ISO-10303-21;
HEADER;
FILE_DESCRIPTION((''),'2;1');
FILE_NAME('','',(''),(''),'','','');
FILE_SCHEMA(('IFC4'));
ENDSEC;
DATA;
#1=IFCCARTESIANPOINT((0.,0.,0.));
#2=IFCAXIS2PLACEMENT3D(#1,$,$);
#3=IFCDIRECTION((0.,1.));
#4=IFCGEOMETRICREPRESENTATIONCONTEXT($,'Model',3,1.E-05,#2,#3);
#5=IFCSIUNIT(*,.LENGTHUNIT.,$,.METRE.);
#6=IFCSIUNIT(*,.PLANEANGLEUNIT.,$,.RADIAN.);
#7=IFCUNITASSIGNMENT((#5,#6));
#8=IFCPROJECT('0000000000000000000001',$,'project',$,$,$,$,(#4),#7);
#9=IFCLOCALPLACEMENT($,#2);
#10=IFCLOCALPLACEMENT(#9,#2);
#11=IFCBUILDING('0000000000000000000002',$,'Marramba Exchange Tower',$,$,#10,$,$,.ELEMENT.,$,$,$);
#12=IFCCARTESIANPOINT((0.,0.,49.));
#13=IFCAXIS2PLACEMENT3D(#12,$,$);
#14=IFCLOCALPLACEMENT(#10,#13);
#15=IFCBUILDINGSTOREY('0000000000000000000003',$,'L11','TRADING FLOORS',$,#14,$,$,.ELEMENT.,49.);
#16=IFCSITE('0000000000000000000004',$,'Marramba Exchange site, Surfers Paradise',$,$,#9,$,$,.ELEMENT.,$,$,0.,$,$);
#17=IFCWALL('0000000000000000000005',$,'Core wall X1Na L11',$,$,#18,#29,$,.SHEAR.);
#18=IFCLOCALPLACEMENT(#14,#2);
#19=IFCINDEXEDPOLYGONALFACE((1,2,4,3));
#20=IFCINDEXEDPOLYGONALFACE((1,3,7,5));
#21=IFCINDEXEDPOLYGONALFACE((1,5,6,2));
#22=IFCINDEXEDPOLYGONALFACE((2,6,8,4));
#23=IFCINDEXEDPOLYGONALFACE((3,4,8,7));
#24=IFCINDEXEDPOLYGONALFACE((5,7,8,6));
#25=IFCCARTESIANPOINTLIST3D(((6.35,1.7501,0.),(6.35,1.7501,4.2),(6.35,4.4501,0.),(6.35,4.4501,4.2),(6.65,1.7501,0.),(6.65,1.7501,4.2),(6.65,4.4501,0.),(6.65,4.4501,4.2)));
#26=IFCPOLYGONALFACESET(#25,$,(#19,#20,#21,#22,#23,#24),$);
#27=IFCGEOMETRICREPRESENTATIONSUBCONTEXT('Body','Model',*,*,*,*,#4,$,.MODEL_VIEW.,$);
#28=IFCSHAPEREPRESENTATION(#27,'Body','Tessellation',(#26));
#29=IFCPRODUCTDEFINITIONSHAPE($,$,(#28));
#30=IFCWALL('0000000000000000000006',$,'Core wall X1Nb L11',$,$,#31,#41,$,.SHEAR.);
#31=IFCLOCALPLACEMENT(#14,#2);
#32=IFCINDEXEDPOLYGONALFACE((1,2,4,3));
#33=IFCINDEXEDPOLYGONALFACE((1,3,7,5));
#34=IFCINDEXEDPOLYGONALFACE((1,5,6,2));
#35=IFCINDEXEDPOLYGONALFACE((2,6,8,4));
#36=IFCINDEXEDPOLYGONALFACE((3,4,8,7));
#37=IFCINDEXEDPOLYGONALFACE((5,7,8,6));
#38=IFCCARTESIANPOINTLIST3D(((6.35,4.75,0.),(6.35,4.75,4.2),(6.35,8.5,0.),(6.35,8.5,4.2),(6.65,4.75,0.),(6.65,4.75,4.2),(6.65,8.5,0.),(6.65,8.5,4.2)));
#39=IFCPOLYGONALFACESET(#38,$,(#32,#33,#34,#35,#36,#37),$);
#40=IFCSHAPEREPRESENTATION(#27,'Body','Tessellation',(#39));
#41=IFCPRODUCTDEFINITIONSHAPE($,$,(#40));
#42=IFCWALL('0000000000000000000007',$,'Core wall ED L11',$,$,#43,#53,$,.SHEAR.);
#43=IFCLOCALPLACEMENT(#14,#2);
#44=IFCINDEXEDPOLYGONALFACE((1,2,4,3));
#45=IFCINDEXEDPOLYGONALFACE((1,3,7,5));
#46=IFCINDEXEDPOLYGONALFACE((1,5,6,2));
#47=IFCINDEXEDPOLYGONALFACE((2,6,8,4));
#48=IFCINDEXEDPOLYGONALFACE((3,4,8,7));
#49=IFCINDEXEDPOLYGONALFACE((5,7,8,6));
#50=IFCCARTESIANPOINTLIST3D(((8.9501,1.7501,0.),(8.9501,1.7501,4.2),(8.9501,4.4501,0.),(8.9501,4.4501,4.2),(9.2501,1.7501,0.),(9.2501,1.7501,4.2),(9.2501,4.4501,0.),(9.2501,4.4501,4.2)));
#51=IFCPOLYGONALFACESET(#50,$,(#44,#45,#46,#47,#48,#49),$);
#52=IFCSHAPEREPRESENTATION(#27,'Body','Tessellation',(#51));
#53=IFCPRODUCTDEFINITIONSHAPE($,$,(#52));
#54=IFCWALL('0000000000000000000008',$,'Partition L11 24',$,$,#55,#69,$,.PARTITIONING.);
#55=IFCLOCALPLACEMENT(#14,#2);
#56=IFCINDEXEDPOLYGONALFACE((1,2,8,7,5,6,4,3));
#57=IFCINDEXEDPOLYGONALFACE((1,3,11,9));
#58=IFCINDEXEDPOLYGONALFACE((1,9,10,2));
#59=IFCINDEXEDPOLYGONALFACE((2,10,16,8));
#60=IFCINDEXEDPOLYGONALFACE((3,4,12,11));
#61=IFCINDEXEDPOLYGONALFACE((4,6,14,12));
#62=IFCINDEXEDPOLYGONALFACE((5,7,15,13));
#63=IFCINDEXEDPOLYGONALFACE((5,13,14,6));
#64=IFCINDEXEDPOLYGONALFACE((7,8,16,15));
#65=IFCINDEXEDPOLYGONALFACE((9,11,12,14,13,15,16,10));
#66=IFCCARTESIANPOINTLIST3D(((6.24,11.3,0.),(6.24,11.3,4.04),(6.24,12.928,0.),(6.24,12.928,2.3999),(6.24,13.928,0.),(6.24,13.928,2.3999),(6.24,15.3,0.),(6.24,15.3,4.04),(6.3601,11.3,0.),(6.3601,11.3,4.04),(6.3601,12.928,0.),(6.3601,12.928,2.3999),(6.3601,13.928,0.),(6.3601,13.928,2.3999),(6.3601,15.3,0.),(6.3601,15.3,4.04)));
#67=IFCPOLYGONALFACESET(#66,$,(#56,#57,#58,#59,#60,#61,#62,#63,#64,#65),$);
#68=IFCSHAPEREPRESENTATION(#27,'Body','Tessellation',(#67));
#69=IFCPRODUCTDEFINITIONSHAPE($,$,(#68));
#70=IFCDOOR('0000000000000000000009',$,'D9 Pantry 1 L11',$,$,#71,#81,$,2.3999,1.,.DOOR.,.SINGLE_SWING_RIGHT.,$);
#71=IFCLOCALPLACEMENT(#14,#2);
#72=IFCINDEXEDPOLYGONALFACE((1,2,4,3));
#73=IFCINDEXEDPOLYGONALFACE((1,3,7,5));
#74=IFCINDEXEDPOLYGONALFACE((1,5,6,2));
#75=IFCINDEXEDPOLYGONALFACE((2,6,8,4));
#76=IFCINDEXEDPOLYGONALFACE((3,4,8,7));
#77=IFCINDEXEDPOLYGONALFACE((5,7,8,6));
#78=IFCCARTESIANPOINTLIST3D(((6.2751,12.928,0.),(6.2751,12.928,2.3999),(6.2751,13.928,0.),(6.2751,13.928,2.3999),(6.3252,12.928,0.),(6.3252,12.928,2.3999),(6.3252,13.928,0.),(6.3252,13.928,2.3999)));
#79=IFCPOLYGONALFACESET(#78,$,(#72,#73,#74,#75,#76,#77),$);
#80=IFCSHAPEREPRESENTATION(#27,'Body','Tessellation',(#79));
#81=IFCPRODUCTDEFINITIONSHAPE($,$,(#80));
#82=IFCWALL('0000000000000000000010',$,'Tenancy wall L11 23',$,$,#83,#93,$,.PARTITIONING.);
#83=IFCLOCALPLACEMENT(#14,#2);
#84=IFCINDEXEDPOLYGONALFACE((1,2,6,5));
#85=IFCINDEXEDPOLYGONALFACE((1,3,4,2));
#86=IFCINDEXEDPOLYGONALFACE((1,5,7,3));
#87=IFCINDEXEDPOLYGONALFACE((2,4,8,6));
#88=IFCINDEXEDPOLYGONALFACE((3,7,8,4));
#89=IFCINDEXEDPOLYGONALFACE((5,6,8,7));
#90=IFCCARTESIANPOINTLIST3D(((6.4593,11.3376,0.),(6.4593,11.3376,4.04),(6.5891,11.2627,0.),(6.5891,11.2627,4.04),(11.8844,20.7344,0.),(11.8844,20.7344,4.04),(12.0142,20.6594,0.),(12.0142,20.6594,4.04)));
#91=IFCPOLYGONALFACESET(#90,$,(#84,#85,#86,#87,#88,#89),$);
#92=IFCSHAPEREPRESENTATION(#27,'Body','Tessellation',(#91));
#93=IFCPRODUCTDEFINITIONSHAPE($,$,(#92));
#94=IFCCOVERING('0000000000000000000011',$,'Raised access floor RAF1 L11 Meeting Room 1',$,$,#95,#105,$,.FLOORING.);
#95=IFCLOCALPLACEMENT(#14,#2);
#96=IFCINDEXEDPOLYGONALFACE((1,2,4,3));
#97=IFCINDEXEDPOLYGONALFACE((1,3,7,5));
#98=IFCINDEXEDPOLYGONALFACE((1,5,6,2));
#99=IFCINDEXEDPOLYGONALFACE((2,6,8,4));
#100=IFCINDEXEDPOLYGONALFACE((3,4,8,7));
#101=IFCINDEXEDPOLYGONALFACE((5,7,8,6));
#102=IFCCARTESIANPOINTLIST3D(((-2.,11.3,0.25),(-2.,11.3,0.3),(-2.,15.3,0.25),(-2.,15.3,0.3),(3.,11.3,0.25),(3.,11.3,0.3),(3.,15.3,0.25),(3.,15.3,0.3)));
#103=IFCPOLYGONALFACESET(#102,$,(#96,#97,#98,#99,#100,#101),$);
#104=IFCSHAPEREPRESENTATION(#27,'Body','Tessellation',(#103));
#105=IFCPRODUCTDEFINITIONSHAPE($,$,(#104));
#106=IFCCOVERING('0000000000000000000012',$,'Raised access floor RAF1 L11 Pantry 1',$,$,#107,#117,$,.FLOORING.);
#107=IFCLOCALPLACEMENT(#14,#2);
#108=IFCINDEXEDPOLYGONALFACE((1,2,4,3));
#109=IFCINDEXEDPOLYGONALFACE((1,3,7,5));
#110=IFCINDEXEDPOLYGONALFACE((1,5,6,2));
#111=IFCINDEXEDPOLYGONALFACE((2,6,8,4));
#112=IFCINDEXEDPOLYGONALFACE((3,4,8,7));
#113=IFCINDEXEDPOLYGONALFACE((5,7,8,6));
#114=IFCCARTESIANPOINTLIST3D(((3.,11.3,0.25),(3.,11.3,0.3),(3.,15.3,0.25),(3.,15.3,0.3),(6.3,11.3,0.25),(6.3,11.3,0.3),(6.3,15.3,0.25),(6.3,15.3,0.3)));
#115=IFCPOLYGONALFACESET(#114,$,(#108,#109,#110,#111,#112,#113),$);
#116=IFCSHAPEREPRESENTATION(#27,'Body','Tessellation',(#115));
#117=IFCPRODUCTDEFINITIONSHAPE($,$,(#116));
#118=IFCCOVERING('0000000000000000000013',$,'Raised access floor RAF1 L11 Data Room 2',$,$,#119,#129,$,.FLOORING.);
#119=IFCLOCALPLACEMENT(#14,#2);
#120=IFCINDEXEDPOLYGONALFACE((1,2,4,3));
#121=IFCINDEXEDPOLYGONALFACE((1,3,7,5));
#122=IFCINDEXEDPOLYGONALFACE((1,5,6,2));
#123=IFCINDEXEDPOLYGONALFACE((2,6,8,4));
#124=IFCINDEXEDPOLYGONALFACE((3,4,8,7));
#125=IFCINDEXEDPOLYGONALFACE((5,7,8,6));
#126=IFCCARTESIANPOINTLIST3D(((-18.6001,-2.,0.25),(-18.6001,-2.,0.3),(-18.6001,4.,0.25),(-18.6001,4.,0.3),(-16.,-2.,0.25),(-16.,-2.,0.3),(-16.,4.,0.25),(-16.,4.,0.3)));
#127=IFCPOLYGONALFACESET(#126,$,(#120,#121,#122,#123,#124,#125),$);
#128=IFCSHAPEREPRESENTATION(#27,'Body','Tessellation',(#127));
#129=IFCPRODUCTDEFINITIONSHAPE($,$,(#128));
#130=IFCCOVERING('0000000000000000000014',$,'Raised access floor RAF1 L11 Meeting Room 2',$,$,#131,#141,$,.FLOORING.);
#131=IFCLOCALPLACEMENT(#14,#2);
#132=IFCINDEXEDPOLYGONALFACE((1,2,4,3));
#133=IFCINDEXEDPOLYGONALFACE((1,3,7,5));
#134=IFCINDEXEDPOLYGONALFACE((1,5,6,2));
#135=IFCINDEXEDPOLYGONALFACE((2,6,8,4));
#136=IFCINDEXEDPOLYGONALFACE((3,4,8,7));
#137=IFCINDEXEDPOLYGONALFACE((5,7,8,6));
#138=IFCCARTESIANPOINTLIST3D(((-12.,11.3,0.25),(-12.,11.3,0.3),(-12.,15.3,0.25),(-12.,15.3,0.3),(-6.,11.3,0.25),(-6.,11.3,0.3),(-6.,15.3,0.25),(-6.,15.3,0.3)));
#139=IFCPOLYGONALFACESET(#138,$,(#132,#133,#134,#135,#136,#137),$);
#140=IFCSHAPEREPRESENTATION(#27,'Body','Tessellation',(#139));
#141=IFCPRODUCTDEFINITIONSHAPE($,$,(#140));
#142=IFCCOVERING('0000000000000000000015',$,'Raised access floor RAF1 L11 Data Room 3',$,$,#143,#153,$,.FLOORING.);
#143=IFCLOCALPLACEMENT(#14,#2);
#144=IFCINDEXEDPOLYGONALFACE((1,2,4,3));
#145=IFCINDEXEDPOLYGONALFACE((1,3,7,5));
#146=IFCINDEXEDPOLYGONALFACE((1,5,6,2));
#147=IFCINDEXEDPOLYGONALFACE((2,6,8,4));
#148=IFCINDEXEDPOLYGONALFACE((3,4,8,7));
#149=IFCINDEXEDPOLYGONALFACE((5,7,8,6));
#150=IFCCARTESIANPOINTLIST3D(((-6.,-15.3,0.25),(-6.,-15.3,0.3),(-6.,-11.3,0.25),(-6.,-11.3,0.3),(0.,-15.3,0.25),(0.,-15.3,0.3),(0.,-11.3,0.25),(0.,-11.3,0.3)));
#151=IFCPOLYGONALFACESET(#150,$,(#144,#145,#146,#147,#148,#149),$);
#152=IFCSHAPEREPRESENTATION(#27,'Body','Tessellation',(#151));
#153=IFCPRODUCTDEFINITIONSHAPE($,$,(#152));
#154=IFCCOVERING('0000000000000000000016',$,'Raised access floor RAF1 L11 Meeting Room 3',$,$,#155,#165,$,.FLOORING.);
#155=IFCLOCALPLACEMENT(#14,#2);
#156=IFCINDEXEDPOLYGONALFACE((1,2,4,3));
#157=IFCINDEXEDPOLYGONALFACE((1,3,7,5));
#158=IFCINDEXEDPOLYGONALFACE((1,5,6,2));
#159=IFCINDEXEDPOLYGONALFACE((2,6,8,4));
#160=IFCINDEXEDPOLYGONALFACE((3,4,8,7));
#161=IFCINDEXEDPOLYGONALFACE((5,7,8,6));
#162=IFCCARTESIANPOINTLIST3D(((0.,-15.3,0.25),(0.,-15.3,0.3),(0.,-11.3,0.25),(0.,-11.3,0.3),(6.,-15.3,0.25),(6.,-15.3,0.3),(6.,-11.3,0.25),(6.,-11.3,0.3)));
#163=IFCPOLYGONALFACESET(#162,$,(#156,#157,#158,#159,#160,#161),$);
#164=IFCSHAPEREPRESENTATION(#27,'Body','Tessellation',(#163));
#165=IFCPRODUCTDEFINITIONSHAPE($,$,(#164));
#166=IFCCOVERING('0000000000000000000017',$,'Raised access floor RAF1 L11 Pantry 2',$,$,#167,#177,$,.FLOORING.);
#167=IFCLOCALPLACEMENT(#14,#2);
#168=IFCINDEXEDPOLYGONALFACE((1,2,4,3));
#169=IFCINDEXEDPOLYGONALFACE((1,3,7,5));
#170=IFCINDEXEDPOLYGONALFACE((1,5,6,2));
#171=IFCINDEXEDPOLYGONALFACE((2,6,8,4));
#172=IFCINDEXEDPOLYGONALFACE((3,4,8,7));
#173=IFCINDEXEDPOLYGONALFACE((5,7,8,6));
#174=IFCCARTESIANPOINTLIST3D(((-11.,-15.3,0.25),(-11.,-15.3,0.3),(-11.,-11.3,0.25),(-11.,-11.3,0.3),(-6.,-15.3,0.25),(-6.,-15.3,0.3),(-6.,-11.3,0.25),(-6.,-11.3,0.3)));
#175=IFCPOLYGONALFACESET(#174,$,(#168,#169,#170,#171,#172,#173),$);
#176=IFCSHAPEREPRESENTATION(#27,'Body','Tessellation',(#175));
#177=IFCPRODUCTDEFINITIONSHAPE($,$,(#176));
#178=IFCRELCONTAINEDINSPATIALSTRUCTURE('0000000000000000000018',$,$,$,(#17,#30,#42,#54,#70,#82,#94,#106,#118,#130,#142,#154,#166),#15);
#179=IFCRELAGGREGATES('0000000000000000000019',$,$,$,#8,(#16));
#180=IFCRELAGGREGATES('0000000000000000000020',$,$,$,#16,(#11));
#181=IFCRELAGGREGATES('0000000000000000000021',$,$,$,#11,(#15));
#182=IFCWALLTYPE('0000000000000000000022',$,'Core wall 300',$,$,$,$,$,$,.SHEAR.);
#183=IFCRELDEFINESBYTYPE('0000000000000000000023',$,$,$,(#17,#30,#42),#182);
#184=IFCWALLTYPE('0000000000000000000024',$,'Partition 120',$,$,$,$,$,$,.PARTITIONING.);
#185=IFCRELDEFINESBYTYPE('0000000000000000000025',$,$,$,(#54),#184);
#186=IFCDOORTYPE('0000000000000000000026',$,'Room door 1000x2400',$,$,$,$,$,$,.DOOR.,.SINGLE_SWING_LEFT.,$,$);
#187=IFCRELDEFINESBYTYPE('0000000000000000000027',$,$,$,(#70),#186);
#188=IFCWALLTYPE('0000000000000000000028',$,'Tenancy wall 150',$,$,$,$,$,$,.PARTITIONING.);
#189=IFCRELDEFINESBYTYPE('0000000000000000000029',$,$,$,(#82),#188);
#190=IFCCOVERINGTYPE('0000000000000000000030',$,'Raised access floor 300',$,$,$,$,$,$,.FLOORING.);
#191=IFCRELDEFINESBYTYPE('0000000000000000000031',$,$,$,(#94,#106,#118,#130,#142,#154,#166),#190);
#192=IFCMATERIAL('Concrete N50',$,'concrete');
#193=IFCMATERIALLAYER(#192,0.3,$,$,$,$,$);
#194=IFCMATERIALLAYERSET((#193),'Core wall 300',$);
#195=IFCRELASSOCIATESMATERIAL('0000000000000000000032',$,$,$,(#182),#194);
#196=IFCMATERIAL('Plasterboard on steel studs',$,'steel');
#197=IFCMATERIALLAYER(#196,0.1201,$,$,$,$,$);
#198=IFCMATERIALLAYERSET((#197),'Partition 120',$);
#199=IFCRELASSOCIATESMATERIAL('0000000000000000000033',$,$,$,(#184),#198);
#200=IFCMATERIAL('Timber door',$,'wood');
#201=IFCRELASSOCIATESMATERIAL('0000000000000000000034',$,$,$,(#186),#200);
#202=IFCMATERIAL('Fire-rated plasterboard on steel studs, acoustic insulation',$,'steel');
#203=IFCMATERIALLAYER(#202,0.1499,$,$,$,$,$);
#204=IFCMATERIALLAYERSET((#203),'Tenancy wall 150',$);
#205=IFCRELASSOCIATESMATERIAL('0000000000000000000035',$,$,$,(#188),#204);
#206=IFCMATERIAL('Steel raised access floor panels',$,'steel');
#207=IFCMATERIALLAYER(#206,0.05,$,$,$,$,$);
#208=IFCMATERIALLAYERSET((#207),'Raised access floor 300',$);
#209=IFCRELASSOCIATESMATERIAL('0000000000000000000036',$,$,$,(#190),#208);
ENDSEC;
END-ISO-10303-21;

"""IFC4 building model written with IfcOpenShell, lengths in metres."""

from ifc_helpers import new_model, si_unit, direction, frame, frame_2d, origin, place, context, subcontext, project, spatial, polyline, rectangle, outline, extrude, material, layer, layer_set, type_object, element, fill, save


model = new_model("IFC4")

# Units and contexts
model_context = context("Model", 3, precision=1e-05, world=origin(), true_north=direction((0.0, 1.0)))
body_context = subcontext(model_context, "Body", "Model", "MODEL_VIEW")
ifc_project = project(units=[si_unit("LENGTHUNIT", "METRE"), si_unit("PLANEANGLEUNIT", "RADIAN")], contexts=[model_context])

# Site, building, storey
site_placement = place(None, origin())
site = spatial("IfcSite", under=ifc_project, at=site_placement, Name="Marramba Exchange site, Surfers Paradise", CompositionType="ELEMENT", RefElevation=0.0)
building_placement = place(site_placement, origin())
building = spatial("IfcBuilding", under=site, at=building_placement, Name="Marramba Exchange Tower", CompositionType="ELEMENT")
storey_placement = place(building_placement, frame((0.0, 0.0, 49.0)))
storey = spatial("IfcBuildingStorey", under=building, at=storey_placement, Name="L11", Description="TRADING FLOORS", CompositionType="ELEMENT", Elevation=49.0)

# Walls
ifc_material_1 = material(Name="Concrete N50", Category="concrete")
ifc_layer_1 = layer(ifc_material_1, 0.3)
ifc_layer_set_1 = layer_set([ifc_layer_1], Name="Core wall 300")
wall_type_1 = type_object("IfcWallType", Name="Core wall 300", PredefinedType="SHEAR", material=ifc_layer_set_1)
wall_1_placement = place(storey_placement, frame((6.5, 1.75, 0.0), z_axis=(0.0, 0.0, 1.0), x_axis=(0.0, 1.0, 0.0)))
element("IfcWall", 1, at=wall_1_placement, inside=storey, type_object=wall_type_1, Name="Core wall X1Na L11", PredefinedType="SHEAR", context=body_context, shape_type="SweptSolid", body=[
    extrude(rectangle(XDim=2.7, YDim=0.3, at=frame_2d((1.3501, 0.0))), origin(), (0.0, 0.0, 1.0), 4.2),
])
wall_2_placement = place(storey_placement, frame((6.5, 4.75, 0.0), z_axis=(0.0, 0.0, 1.0), x_axis=(0.0, 1.0, 0.0)))
element("IfcWall", 2, at=wall_2_placement, inside=storey, type_object=wall_type_1, Name="Core wall X1Nb L11", PredefinedType="SHEAR", context=body_context, shape_type="SweptSolid", body=[
    extrude(rectangle(XDim=3.75, YDim=0.3, at=frame_2d((1.875, 0.0))), origin(), (0.0, 0.0, 1.0), 4.2),
])
wall_3_placement = place(storey_placement, frame((9.1001, 1.75, 0.0), z_axis=(0.0, 0.0, 1.0), x_axis=(0.0, 1.0, 0.0)))
element("IfcWall", 3, at=wall_3_placement, inside=storey, type_object=wall_type_1, Name="Core wall ED L11", PredefinedType="SHEAR", context=body_context, shape_type="SweptSolid", body=[
    extrude(rectangle(XDim=2.7, YDim=0.3, at=frame_2d((1.3501, 0.0))), origin(), (0.0, 0.0, 1.0), 4.2),
])

# Wall, opening, door
ifc_material_2 = material(Name="Plasterboard on steel studs", Category="steel")
ifc_layer_2 = layer(ifc_material_2, 0.1201)
ifc_layer_set_2 = layer_set([ifc_layer_2], Name="Partition 120")
wall_type_2 = type_object("IfcWallType", Name="Partition 120", PredefinedType="PARTITIONING", material=ifc_layer_set_2)
wall_4_placement = place(storey_placement, frame((6.3, 11.3, 0.0), z_axis=(0.0, 0.0, 1.0), x_axis=(0.0, 1.0, 0.0)))
wall_4 = element("IfcWall", 4, at=wall_4_placement, inside=storey, type_object=wall_type_2, Name="Partition L11 24", PredefinedType="PARTITIONING", context=body_context, shape_type="SweptSolid", body=[
    extrude(rectangle(XDim=4.0, YDim=0.1201, at=frame_2d((2.0, 0.0))), origin(), (0.0, 0.0, 1.0), 4.04),
])
opening_placement = place(wall_4_placement, frame((1.6279, 0.0, 0.0)))
opening = element("IfcOpeningElement", 5, at=opening_placement, cuts=wall_4, PredefinedType="OPENING", context=body_context, shape_type="SweptSolid", body=[
    extrude(rectangle(XDim=1.0, YDim=2.3999, at=frame_2d((0.5, 1.2))), frame((0.0, 0.0701, 0.0), z_axis=(0.0, -1.0, 0.0), x_axis=(1.0, 0.0, 0.0)), (0.0, 0.0, 1.0), 0.1401),
])
ifc_material_3 = material(Name="Timber door", Category="wood")
door_type = type_object("IfcDoorType", Name="Room door 1000x2400", OperationType="SINGLE_SWING_LEFT", PredefinedType="DOOR", material=ifc_material_3)
door_placement = place(opening_placement, origin())
door = element("IfcDoor", 6, at=door_placement, inside=storey, type_object=door_type, Name="D9 Pantry 1 L11", OperationType="SINGLE_SWING_RIGHT", OverallHeight=2.3999, OverallWidth=1.0, PredefinedType="DOOR", context=body_context, shape_type="SweptSolid", body=[
    extrude(rectangle(XDim=1.0, YDim=2.3999, at=frame_2d((0.5, 1.2))), frame((0.0, 0.0249, 0.0), z_axis=(0.0, -1.0, 0.0), x_axis=(1.0, 0.0, 0.0)), (0.0, 0.0, 1.0), 0.05),
])
fill(opening, door)

# Wall
ifc_material_4 = material(Name="Fire-rated plasterboard on steel studs, acoustic insulation", Category="steel")
ifc_layer_3 = layer(ifc_material_4, 0.1499)
ifc_layer_set_3 = layer_set([ifc_layer_3], Name="Tenancy wall 150")
wall_type_3 = type_object("IfcWallType", Name="Tenancy wall 150", PredefinedType="PARTITIONING", material=ifc_layer_set_3)
wall_5_placement = place(storey_placement, frame((6.5242, 11.3, 0.0), z_axis=(0.0, 0.0, 1.0), x_axis=(0.499989, 0.866032, 0.0)))
element("IfcWall", 7, at=wall_5_placement, inside=storey, type_object=wall_type_3, Name="Tenancy wall L11 23", PredefinedType="PARTITIONING", context=body_context, shape_type="SweptSolid", body=[
    extrude(rectangle(XDim=10.8503, YDim=0.1499, at=frame_2d((5.4253, 0.0))), origin(), (0.0, 0.0, 1.0), 4.04),
])

# Coverings
ifc_material_5 = material(Name="Steel raised access floor panels", Category="steel")
ifc_layer_4 = layer(ifc_material_5, 0.05)
ifc_layer_set_4 = layer_set([ifc_layer_4], Name="Raised access floor 300")
covering_type_1 = type_object("IfcCoveringType", Name="Raised access floor 300", PredefinedType="FLOORING", material=ifc_layer_set_4)
covering_1_placement = place(storey_placement, frame((0.0, 0.0, 0.25)))
element("IfcCovering", 8, at=covering_1_placement, inside=storey, type_object=covering_type_1, Name="Raised access floor RAF1 L11 Meeting Room 1", PredefinedType="FLOORING", context=body_context, shape_type="SweptSolid", body=[
    extrude(outline(polyline([(3.0, 11.3), (-2.0, 11.3), (-2.0, 15.3), (3.0, 15.3), (3.0, 11.3)])), origin(), (0.0, 0.0, 1.0), 0.05),
])
covering_2_placement = place(storey_placement, frame((0.0, 0.0, 0.25)))
element("IfcCovering", 9, at=covering_2_placement, inside=storey, type_object=covering_type_1, Name="Raised access floor RAF1 L11 Pantry 1", PredefinedType="FLOORING", context=body_context, shape_type="SweptSolid", body=[
    extrude(outline(polyline([(6.3, 11.3), (3.0, 11.3), (3.0, 15.3), (6.3, 15.3), (6.3, 11.3)])), origin(), (0.0, 0.0, 1.0), 0.05),
])
covering_3_placement = place(storey_placement, frame((0.0, 0.0, 0.25)))
element("IfcCovering", 10, at=covering_3_placement, inside=storey, type_object=covering_type_1, Name="Raised access floor RAF1 L11 Data Room 2", PredefinedType="FLOORING", context=body_context, shape_type="SweptSolid", body=[
    extrude(outline(polyline([(-16.0, -2.0), (-18.6001, -2.0), (-18.6001, 4.0), (-16.0, 4.0), (-16.0, -2.0)])), origin(), (0.0, 0.0, 1.0), 0.05),
])
covering_4_placement = place(storey_placement, frame((0.0, 0.0, 0.25)))
element("IfcCovering", 11, at=covering_4_placement, inside=storey, type_object=covering_type_1, Name="Raised access floor RAF1 L11 Meeting Room 2", PredefinedType="FLOORING", context=body_context, shape_type="SweptSolid", body=[
    extrude(outline(polyline([(-6.0, 11.3), (-12.0, 11.3), (-12.0, 15.3), (-6.0, 15.3), (-6.0, 11.3)])), origin(), (0.0, 0.0, 1.0), 0.05),
])
covering_5_placement = place(storey_placement, frame((0.0, 0.0, 0.25)))
element("IfcCovering", 12, at=covering_5_placement, inside=storey, type_object=covering_type_1, Name="Raised access floor RAF1 L11 Data Room 3", PredefinedType="FLOORING", context=body_context, shape_type="SweptSolid", body=[
    extrude(outline(polyline([(0.0, -15.3), (-6.0, -15.3), (-6.0, -11.3), (0.0, -11.3), (0.0, -15.3)])), origin(), (0.0, 0.0, 1.0), 0.05),
])
covering_6_placement = place(storey_placement, frame((0.0, 0.0, 0.25)))
element("IfcCovering", 13, at=covering_6_placement, inside=storey, type_object=covering_type_1, Name="Raised access floor RAF1 L11 Meeting Room 3", PredefinedType="FLOORING", context=body_context, shape_type="SweptSolid", body=[
    extrude(outline(polyline([(6.0, -15.3), (0.0, -15.3), (0.0, -11.3), (6.0, -11.3), (6.0, -15.3)])), origin(), (0.0, 0.0, 1.0), 0.05),
])
covering_7_placement = place(storey_placement, frame((0.0, 0.0, 0.25)))
element("IfcCovering", 14, at=covering_7_placement, inside=storey, type_object=covering_type_1, Name="Raised access floor RAF1 L11 Pantry 2", PredefinedType="FLOORING", context=body_context, shape_type="SweptSolid", body=[
    extrude(outline(polyline([(-6.0, -15.3), (-11.0, -15.3), (-11.0, -11.3), (-6.0, -11.3), (-6.0, -15.3)])), origin(), (0.0, 0.0, 1.0), 0.05),
])

save(model, "model.ifc")
